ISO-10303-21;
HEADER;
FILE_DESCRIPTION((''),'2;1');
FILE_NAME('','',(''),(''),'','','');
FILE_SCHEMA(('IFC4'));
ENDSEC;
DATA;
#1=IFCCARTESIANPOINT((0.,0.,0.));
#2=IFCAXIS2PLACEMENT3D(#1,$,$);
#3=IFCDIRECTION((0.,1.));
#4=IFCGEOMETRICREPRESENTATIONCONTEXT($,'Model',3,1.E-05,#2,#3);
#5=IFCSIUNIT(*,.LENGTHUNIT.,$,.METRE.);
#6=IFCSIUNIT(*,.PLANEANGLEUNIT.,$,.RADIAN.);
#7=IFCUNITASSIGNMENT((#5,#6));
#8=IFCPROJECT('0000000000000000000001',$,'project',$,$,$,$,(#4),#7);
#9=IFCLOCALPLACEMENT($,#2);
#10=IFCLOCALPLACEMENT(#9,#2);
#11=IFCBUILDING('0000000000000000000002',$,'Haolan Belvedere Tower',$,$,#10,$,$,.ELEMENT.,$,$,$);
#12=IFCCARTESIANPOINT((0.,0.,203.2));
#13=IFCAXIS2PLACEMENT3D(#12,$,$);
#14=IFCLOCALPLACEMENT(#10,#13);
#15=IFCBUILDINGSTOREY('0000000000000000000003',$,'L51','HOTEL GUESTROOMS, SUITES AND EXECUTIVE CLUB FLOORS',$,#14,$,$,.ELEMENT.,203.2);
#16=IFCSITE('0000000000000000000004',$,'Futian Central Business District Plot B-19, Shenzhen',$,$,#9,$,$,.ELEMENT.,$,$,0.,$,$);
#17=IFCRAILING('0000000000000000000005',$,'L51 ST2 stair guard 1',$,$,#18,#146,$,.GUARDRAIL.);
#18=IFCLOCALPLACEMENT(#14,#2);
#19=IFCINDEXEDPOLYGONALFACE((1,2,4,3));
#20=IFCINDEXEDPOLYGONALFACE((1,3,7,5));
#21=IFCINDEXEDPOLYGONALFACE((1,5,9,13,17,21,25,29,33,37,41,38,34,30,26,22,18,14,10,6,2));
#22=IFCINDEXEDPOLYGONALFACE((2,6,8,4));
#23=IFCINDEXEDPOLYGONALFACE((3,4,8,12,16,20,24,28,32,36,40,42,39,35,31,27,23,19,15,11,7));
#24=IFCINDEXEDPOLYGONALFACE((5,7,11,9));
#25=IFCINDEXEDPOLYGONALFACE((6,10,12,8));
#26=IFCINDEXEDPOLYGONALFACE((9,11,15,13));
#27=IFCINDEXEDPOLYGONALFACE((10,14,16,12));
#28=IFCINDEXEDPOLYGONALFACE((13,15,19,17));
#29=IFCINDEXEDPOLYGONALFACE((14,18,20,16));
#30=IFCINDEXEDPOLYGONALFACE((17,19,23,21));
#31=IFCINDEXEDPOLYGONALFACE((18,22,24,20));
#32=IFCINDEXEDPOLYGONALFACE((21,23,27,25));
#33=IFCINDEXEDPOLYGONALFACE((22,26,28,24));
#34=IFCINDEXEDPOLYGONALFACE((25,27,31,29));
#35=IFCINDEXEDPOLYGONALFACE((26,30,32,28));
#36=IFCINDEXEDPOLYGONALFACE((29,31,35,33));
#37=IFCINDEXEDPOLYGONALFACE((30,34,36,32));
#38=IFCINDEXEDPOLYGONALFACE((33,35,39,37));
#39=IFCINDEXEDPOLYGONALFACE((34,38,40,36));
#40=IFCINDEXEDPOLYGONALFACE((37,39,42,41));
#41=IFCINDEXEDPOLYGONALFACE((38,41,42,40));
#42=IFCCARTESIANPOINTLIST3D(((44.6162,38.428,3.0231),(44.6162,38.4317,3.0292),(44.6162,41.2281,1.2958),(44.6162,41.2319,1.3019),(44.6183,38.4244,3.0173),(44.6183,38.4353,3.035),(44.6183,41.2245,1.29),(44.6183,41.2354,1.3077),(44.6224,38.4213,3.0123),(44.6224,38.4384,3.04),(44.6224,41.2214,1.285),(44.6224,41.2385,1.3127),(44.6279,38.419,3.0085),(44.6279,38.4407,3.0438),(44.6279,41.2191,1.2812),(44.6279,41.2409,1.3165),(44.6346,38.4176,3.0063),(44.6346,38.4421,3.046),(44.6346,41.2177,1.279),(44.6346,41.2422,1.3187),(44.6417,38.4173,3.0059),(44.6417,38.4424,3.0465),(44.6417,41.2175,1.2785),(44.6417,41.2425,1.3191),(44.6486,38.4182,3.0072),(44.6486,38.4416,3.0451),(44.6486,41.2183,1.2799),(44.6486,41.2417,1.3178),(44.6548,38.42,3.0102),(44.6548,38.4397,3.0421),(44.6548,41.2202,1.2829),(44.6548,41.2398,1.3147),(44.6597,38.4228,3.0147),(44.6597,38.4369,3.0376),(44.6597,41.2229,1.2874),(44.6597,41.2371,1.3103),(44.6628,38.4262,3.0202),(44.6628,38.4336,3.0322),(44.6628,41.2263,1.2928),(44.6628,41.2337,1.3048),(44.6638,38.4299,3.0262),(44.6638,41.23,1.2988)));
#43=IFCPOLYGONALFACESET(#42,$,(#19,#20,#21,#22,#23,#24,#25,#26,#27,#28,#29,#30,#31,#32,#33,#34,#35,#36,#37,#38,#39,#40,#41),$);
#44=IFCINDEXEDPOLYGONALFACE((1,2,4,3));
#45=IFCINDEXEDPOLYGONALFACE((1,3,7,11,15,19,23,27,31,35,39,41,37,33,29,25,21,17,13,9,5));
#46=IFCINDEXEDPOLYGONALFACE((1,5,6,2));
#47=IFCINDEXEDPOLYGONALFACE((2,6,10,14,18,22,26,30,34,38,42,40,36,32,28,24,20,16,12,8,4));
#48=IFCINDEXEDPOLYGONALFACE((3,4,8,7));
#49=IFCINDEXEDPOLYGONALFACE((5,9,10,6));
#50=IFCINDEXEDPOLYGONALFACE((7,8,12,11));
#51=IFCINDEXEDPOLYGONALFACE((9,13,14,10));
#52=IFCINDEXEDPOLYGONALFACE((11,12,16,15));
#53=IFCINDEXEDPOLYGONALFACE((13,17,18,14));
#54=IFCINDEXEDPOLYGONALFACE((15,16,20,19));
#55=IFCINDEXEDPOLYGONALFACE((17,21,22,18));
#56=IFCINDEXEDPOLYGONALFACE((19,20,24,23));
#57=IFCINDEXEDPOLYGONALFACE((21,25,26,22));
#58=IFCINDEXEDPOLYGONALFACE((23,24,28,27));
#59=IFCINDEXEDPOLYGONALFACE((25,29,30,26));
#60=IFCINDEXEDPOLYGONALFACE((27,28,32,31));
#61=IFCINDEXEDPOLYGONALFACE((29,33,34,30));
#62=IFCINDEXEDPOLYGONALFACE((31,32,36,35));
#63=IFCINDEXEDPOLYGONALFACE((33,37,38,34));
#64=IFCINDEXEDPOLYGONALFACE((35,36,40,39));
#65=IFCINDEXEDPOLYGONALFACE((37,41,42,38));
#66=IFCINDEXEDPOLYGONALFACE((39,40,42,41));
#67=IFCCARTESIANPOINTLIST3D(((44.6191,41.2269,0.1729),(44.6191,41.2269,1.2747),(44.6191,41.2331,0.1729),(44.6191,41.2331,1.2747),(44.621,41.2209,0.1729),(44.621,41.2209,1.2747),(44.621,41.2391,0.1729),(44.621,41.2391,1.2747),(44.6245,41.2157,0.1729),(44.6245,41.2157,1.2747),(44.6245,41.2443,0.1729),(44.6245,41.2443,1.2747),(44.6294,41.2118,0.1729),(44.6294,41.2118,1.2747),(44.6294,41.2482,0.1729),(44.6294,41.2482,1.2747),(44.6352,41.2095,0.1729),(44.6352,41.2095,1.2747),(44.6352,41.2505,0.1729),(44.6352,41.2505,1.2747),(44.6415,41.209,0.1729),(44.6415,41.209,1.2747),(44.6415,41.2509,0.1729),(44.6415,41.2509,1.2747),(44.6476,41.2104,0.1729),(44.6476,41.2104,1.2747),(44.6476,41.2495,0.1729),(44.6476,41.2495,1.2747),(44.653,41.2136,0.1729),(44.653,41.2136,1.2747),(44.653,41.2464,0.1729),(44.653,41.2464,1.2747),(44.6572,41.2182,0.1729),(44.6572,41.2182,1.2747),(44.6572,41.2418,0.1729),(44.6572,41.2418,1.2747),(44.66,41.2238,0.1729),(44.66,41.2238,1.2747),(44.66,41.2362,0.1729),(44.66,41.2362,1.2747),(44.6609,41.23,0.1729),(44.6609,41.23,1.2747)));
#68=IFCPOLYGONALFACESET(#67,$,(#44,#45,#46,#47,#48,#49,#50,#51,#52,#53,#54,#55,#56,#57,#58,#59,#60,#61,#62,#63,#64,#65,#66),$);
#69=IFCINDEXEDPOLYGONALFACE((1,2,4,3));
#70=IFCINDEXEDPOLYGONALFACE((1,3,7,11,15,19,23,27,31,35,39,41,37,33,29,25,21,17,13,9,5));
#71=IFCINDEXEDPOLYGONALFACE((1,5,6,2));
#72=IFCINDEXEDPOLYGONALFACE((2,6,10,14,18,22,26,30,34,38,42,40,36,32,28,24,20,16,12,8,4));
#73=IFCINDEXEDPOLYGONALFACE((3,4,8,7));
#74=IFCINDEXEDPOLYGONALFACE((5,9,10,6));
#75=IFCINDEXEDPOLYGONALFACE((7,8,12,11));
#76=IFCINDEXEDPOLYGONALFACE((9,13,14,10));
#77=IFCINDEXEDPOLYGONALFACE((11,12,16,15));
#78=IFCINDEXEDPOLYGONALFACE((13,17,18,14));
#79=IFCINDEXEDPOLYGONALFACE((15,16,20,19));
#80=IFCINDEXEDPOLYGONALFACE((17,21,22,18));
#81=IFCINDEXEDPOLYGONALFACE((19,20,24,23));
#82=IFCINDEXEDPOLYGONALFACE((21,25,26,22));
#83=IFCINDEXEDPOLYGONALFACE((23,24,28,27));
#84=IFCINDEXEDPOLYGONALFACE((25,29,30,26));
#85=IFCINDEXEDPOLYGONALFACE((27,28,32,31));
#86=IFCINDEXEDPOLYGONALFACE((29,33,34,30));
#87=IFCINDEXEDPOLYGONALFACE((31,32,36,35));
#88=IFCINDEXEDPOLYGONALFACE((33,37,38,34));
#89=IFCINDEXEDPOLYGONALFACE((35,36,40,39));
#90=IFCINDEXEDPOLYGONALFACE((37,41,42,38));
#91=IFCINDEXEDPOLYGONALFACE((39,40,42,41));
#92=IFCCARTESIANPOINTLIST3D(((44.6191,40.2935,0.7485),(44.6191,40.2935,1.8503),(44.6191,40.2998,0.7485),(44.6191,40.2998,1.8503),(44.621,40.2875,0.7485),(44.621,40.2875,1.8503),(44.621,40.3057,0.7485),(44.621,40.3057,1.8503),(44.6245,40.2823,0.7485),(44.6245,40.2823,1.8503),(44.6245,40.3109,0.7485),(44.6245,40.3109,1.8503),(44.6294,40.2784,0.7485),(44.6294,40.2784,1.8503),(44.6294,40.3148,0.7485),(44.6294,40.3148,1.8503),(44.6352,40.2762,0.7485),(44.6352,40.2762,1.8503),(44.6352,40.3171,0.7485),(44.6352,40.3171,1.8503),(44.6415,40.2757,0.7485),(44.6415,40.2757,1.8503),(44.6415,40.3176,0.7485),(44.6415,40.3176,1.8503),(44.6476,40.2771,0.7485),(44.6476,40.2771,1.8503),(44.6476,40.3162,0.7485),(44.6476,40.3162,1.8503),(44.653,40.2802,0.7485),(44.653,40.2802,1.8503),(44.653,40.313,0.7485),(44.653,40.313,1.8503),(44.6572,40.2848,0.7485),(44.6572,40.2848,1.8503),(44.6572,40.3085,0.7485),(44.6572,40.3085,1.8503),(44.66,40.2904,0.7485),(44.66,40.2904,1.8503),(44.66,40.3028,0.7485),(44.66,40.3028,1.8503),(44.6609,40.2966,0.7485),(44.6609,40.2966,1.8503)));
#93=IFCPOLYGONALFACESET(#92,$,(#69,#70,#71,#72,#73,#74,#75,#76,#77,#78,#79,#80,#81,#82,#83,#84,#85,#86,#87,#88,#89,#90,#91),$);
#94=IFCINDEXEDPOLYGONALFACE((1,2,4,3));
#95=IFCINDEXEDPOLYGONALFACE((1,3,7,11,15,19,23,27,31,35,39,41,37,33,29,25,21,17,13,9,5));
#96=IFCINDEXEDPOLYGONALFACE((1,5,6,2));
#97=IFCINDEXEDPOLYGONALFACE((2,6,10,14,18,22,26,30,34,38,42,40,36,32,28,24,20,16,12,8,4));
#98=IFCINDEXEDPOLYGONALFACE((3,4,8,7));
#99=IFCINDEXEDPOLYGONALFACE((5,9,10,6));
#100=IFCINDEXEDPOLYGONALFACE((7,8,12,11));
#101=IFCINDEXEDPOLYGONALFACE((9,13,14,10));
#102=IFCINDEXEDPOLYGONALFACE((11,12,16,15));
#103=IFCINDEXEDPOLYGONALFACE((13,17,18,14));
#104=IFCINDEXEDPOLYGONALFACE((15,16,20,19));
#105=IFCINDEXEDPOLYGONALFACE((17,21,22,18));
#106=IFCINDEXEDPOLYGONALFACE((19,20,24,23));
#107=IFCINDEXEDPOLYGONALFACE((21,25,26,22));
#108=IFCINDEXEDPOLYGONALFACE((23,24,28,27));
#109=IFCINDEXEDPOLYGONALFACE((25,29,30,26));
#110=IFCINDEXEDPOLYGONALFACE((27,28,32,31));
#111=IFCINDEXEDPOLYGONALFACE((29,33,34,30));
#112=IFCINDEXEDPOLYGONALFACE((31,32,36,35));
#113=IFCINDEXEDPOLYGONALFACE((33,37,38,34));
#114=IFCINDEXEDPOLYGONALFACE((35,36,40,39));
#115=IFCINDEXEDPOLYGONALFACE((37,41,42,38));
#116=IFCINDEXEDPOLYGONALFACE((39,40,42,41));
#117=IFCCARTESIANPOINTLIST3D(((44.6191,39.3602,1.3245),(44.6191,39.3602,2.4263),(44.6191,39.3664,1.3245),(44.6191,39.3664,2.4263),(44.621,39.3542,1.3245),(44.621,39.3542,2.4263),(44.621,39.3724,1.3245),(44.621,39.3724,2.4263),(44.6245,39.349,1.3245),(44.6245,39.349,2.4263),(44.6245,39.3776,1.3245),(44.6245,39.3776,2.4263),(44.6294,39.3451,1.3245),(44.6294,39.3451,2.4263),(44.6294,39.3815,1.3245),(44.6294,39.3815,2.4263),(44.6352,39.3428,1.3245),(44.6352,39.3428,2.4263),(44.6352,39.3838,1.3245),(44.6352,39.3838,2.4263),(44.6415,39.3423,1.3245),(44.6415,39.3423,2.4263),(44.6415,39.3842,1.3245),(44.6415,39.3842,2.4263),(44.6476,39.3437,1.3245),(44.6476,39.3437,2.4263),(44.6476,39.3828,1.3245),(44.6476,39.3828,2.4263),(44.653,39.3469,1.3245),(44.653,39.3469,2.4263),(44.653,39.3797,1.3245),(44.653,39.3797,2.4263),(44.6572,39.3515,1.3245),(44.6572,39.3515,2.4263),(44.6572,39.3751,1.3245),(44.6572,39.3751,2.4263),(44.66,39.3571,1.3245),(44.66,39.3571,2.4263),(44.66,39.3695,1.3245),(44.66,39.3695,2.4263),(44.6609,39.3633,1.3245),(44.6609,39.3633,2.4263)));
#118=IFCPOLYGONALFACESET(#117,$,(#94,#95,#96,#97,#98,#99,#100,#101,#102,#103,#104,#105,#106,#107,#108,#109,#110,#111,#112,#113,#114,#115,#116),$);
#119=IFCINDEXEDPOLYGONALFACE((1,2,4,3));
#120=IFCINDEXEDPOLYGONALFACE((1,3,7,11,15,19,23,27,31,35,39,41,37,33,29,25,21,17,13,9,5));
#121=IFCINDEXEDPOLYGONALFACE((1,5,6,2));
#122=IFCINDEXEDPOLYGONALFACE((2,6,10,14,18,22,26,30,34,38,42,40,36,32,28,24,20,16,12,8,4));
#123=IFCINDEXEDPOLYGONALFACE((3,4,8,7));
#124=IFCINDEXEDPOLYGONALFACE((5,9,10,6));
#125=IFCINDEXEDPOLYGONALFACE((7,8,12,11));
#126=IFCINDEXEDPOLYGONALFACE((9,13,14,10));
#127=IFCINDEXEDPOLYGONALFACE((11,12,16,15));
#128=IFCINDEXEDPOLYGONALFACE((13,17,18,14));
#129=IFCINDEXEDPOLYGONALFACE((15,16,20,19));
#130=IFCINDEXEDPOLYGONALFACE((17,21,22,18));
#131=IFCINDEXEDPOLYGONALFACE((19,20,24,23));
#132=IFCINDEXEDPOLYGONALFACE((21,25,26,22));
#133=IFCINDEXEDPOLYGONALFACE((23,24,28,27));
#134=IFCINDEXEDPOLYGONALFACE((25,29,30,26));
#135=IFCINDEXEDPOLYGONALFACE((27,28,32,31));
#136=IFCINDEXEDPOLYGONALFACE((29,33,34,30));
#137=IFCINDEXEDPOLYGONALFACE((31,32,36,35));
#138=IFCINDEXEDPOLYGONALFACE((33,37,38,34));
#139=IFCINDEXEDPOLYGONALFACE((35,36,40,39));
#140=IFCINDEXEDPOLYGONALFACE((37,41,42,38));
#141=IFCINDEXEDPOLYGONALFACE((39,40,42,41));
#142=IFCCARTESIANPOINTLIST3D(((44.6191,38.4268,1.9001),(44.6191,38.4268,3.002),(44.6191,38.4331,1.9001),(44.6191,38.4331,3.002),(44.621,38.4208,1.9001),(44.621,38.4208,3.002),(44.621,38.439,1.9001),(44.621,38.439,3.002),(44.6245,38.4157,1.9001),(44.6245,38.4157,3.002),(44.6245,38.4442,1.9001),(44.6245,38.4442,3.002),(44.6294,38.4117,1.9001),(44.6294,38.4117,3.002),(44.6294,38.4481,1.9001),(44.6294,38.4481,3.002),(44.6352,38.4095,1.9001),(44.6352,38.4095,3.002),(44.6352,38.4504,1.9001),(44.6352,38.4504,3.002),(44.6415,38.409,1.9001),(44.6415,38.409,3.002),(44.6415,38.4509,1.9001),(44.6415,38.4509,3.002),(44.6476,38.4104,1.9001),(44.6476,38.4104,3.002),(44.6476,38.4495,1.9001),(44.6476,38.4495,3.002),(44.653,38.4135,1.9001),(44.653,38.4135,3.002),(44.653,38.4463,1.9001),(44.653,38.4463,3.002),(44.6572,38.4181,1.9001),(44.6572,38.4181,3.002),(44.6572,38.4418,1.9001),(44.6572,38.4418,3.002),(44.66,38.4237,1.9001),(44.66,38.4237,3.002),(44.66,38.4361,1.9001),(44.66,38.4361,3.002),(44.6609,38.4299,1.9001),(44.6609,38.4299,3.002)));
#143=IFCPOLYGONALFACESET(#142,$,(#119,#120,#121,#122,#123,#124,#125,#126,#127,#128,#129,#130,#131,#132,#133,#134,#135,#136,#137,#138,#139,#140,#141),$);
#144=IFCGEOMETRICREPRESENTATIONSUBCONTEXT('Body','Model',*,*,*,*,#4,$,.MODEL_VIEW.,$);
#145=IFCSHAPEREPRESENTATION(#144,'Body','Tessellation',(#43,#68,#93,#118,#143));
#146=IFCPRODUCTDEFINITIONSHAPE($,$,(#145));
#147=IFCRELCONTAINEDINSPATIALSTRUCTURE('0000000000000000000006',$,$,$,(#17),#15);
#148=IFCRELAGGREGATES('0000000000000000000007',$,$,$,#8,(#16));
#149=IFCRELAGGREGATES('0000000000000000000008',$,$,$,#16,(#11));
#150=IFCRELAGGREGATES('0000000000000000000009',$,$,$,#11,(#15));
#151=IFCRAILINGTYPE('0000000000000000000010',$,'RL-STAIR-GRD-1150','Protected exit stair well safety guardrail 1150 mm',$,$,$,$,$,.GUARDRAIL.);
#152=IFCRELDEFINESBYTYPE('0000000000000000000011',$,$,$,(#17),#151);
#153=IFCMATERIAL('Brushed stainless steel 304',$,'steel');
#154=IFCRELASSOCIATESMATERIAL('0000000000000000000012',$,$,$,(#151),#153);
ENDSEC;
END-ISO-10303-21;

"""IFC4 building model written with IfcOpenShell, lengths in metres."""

from ifc_helpers import new_model, si_unit, direction, frame, origin, origin_2d, place, context, subcontext, project, spatial, circle, extrude, material, type_object, element, save


model = new_model("IFC4")

# Units and contexts
model_context = context("Model", 3, precision=1e-05, world=origin(), true_north=direction((0.0, 1.0)))
body_context = subcontext(model_context, "Body", "Model", "MODEL_VIEW")
ifc_project = project(units=[si_unit("LENGTHUNIT", "METRE"), si_unit("PLANEANGLEUNIT", "RADIAN")], contexts=[model_context])

# Site, building, storey
site_placement = place(None, origin())
site = spatial("IfcSite", under=ifc_project, at=site_placement, Name="Futian Central Business District Plot B-19, Shenzhen", CompositionType="ELEMENT", RefElevation=0.0)
building_placement = place(site_placement, origin())
building = spatial("IfcBuilding", under=site, at=building_placement, Name="Haolan Belvedere Tower", CompositionType="ELEMENT")
storey_placement = place(building_placement, frame((0.0, 0.0, 203.2)))
storey = spatial("IfcBuildingStorey", under=building, at=storey_placement, Name="L51", Description="HOTEL GUESTROOMS, SUITES AND EXECUTIVE CLUB FLOORS", CompositionType="ELEMENT", Elevation=203.2)

# Railing
ifc_material_1 = material(Name="Brushed stainless steel 304", Category="steel")
railing_type_1 = type_object("IfcRailingType", Name="RL-STAIR-GRD-1150", Description="Protected exit stair well safety guardrail 1150 mm", PredefinedType="GUARDRAIL", material=ifc_material_1)
railing_1_placement = place(storey_placement, frame((44.6399, 41.23, 0.1729)))
element("IfcRailing", 1, at=railing_1_placement, inside=storey, type_object=railing_type_1, Name="L51 ST2 stair guard 1", PredefinedType="GUARDRAIL", context=body_context, shape_type="SweptSolid", body=[
    extrude(circle(Radius=0.0239, at=origin_2d()), frame((0.0, 0.0, 1.126), z_axis=(0.0, -0.85109, 0.52502), x_axis=(1.0, 0.0, 0.0)), (0.0, 0.0, 1.0), 3.29),
    extrude(circle(Radius=0.021, at=origin_2d()), origin(), (0.0, 0.0, 1.0), 1.1018),
    extrude(circle(Radius=0.021, at=origin_2d()), frame((0.0, -0.9333, 0.5757)), (0.0, 0.0, 1.0), 1.1018),
    extrude(circle(Radius=0.021, at=origin_2d()), frame((0.0, -1.8667, 1.1516)), (0.0, 0.0, 1.0), 1.1018),
    extrude(circle(Radius=0.021, at=origin_2d()), frame((0.0, -2.8, 1.7273)), (0.0, 0.0, 1.0), 1.1018),
])

save(model, "model.ifc")
